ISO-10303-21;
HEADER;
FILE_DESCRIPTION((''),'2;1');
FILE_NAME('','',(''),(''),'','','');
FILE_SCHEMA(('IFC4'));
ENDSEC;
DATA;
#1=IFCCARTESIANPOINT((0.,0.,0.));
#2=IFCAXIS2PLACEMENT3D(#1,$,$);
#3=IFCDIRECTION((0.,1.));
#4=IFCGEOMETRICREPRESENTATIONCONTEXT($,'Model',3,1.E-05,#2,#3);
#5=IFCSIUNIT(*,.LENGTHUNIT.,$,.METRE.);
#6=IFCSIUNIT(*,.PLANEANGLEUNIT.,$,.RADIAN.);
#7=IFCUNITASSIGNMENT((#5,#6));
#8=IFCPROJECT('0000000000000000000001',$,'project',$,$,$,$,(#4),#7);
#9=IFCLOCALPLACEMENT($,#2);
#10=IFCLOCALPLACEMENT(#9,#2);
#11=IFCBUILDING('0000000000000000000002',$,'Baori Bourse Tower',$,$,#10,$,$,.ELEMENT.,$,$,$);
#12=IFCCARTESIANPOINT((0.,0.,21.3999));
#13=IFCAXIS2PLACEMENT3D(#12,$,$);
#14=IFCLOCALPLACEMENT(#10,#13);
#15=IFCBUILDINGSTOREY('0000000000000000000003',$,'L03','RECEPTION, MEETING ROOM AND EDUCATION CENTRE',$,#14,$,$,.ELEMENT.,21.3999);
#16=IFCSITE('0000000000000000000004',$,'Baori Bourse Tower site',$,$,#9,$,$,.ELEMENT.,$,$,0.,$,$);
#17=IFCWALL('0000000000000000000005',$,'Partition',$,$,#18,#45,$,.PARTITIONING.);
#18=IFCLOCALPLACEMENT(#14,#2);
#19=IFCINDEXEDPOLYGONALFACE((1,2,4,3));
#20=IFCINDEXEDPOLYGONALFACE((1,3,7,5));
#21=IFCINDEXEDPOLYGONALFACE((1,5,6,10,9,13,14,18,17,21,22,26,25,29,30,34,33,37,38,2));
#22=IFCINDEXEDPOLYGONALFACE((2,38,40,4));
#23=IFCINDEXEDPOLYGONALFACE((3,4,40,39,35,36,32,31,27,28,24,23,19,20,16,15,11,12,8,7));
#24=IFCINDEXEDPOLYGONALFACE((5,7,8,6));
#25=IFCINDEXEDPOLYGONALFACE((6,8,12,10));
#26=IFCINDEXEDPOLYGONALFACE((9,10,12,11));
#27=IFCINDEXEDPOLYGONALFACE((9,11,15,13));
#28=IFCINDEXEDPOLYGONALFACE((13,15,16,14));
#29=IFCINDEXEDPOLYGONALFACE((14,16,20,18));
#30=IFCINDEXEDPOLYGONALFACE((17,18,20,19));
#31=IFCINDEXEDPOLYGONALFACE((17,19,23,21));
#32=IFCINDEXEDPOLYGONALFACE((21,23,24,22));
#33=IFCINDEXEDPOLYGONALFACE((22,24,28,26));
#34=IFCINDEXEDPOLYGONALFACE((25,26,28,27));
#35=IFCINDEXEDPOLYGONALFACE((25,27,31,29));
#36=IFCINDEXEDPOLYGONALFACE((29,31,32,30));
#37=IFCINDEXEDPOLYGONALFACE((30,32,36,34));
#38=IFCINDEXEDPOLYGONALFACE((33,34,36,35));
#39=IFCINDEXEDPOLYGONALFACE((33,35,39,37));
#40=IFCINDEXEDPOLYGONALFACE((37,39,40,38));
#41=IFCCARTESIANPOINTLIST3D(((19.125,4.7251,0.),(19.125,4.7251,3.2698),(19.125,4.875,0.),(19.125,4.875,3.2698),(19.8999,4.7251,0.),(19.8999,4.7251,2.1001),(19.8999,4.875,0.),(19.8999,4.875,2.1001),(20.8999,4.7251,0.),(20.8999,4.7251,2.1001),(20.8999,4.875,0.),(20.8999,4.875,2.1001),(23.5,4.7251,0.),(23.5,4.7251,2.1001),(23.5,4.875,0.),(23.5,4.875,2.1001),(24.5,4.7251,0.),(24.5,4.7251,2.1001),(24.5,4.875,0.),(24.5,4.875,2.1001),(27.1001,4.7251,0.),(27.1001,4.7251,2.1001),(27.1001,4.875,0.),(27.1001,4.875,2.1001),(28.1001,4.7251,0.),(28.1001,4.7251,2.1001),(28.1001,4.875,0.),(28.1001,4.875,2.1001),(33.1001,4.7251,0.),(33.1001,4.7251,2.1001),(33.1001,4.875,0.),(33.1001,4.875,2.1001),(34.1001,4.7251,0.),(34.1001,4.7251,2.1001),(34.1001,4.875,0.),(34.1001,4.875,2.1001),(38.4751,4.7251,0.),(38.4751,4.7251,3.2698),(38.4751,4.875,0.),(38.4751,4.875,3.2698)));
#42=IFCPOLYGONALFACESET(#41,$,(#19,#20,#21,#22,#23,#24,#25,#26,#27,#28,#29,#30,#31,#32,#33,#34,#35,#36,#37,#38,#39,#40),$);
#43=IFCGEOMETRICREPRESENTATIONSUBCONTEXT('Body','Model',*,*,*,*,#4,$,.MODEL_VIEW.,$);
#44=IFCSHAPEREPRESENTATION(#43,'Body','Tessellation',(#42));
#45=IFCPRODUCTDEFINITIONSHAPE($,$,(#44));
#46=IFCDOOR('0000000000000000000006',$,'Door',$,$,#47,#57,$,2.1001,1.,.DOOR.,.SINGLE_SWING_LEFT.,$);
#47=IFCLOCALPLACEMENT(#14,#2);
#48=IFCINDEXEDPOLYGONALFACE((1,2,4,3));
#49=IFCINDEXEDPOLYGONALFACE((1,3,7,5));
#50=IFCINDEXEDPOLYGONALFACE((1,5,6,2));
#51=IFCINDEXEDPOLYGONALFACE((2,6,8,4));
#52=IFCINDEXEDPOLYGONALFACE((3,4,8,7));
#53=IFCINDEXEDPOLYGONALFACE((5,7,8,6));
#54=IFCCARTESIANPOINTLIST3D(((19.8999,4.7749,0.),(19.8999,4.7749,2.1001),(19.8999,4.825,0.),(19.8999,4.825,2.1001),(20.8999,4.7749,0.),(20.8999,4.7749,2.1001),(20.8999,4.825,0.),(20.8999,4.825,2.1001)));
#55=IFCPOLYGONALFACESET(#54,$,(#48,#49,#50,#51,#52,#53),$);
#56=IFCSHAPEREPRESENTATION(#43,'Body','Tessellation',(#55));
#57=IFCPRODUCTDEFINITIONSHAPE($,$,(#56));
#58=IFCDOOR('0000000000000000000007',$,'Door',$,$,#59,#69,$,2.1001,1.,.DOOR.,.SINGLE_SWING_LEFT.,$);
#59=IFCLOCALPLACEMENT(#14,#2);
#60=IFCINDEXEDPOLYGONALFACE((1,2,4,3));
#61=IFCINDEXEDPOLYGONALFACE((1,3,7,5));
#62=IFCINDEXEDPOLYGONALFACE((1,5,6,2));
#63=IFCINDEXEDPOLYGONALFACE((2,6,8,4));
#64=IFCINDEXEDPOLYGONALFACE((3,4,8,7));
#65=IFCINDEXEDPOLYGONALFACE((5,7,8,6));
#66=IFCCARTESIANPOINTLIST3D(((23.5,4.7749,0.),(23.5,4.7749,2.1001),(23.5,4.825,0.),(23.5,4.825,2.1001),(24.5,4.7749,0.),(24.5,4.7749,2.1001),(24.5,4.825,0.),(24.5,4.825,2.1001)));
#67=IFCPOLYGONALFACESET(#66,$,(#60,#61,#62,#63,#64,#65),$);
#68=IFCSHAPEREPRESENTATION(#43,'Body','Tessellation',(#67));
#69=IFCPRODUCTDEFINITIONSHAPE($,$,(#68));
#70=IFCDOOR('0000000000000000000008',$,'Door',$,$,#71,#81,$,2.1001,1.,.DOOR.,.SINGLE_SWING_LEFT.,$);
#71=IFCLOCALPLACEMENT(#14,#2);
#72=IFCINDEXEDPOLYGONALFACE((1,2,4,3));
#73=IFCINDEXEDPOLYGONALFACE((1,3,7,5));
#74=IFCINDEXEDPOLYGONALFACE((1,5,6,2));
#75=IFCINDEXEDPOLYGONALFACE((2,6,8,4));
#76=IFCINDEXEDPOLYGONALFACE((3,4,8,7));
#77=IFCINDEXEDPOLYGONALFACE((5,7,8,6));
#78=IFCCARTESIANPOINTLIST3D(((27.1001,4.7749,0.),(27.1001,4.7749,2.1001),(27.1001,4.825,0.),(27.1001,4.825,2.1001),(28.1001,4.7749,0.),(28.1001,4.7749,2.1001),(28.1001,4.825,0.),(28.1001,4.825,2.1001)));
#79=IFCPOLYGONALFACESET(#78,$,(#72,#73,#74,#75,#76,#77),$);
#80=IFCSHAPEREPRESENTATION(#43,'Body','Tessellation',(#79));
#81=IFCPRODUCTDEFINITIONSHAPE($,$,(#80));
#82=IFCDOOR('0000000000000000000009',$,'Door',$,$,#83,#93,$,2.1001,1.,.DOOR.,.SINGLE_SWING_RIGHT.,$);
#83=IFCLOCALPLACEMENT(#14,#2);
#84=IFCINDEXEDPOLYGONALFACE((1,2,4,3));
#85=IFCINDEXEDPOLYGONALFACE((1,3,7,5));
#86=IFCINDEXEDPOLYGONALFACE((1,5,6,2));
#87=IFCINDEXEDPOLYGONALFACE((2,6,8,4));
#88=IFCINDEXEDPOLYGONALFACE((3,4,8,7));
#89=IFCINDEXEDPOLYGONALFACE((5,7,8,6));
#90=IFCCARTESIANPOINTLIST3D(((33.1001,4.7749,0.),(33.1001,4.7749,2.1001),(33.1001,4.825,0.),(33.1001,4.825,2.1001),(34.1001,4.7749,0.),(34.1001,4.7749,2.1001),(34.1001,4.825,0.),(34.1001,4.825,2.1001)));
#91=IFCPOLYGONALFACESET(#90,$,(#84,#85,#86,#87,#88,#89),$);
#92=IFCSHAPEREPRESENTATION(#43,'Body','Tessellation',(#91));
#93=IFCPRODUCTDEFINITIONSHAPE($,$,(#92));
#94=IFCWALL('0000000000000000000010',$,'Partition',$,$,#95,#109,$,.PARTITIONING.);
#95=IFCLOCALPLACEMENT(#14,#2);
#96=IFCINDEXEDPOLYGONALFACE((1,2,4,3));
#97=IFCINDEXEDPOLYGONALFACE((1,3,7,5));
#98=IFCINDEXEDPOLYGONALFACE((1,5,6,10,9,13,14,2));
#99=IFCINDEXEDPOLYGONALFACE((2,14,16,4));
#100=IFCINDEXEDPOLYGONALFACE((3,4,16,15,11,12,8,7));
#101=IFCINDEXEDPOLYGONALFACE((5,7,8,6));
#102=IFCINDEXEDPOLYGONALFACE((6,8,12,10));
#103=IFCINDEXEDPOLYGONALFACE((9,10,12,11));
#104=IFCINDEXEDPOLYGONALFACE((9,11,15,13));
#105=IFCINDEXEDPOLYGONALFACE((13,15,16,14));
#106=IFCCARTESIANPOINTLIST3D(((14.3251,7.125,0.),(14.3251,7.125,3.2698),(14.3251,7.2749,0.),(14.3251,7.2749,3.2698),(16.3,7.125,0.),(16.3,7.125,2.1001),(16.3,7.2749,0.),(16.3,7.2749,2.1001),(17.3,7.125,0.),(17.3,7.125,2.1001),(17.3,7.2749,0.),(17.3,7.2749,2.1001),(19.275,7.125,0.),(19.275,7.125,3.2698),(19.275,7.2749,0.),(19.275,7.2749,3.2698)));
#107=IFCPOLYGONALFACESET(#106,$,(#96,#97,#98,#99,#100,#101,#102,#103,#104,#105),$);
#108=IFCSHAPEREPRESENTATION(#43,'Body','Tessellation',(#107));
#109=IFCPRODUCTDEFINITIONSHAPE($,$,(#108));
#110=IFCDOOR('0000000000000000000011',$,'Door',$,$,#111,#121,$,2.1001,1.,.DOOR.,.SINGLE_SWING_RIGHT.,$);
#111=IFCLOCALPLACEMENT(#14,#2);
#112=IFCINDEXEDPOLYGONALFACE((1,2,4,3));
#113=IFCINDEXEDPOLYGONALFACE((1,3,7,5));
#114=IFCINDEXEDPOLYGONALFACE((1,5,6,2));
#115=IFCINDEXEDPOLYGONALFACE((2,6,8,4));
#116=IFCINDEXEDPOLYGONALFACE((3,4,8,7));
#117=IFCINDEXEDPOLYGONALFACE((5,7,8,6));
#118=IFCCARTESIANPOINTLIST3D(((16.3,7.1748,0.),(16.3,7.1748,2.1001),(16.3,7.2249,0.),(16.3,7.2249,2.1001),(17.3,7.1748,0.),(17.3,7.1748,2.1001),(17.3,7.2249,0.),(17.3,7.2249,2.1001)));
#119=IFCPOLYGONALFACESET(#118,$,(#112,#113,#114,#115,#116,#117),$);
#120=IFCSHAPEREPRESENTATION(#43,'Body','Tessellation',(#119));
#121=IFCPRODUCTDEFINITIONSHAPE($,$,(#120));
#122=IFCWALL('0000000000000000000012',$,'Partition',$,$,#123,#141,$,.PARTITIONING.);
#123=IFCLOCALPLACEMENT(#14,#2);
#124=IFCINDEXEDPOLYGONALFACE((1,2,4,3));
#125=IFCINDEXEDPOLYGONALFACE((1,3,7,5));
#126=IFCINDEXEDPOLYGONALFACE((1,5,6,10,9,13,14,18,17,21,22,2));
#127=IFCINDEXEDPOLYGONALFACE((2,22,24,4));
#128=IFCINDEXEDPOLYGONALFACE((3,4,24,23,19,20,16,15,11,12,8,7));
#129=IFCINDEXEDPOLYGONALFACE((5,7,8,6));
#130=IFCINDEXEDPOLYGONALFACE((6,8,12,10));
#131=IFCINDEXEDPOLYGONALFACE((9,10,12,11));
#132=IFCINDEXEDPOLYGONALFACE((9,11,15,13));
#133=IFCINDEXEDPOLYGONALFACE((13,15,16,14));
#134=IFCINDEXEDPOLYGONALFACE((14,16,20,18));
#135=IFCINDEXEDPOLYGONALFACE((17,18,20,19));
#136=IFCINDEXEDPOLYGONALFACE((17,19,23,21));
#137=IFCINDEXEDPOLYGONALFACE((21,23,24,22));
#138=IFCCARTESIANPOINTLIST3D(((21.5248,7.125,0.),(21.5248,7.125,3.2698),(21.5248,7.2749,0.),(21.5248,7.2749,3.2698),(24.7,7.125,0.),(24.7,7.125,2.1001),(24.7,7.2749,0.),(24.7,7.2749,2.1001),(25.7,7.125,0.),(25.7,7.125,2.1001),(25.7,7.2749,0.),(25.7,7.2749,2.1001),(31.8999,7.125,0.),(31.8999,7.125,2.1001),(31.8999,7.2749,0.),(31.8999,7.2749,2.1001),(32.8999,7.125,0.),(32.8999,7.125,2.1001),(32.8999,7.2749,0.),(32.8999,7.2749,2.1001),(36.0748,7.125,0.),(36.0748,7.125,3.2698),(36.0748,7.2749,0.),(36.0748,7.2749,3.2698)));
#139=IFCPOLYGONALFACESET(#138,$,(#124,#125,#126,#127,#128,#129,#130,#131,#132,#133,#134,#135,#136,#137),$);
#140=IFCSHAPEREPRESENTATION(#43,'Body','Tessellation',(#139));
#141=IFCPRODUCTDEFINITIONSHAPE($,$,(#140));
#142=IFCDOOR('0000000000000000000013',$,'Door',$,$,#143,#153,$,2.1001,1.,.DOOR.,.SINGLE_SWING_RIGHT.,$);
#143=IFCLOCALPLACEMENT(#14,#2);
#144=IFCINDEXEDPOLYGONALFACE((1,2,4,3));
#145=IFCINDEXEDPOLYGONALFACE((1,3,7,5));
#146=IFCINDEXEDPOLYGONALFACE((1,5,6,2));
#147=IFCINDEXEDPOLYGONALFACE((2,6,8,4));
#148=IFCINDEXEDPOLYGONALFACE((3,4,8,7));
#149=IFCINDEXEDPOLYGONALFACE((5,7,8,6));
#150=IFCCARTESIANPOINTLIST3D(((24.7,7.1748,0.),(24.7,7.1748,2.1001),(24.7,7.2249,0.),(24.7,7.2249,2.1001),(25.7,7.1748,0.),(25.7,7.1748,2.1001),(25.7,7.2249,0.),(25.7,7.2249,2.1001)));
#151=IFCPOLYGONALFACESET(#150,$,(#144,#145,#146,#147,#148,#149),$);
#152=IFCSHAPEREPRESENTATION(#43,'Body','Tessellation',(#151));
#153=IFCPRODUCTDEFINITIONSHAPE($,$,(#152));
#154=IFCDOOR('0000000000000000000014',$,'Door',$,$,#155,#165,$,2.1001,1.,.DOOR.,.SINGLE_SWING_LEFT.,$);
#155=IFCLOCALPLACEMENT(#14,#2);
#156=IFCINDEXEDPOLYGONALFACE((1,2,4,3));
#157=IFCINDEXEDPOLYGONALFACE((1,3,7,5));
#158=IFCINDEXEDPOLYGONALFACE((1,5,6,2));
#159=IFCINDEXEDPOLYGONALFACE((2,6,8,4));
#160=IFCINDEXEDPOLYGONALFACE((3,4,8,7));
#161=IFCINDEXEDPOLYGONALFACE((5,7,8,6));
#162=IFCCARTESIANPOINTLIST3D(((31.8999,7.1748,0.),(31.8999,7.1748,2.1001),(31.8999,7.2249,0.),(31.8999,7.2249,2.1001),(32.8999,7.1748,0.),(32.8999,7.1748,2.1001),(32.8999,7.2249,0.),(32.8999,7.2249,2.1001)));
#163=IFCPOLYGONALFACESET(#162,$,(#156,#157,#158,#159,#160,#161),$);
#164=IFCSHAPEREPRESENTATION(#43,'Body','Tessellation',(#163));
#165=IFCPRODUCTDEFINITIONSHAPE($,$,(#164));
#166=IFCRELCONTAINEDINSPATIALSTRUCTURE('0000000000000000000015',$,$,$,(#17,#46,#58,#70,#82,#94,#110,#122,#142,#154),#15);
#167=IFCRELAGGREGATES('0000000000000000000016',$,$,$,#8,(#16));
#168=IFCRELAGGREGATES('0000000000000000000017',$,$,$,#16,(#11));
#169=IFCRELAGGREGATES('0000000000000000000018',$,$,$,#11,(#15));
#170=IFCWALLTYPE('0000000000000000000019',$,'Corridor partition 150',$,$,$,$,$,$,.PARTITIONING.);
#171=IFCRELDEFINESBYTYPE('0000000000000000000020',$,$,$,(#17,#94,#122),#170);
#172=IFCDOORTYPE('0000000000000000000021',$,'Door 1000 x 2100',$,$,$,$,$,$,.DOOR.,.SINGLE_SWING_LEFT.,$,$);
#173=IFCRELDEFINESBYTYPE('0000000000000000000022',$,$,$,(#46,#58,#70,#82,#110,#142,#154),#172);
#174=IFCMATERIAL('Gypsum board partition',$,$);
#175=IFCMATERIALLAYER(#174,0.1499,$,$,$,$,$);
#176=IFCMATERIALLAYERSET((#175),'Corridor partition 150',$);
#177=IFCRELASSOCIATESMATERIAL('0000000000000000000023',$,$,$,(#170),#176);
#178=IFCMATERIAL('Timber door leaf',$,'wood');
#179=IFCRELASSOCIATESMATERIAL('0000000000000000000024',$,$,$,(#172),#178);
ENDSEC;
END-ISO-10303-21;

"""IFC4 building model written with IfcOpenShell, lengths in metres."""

from ifc_helpers import new_model, si_unit, direction, frame, frame_2d, origin, place, context, subcontext, project, spatial, rectangle, extrude, material, layer, layer_set, type_object, element, fill, save


model = new_model("IFC4")

# Units and contexts
model_context = context("Model", 3, precision=1e-05, world=origin(), true_north=direction((0.0, 1.0)))
body_context = subcontext(model_context, "Body", "Model", "MODEL_VIEW")
ifc_project = project(units=[si_unit("LENGTHUNIT", "METRE"), si_unit("PLANEANGLEUNIT", "RADIAN")], contexts=[model_context])

# Site, building, storey
site_placement = place(None, origin())
site = spatial("IfcSite", under=ifc_project, at=site_placement, Name="Baori Bourse Tower site", CompositionType="ELEMENT", RefElevation=0.0)
building_placement = place(site_placement, origin())
building = spatial("IfcBuilding", under=site, at=building_placement, Name="Baori Bourse Tower", CompositionType="ELEMENT")
storey_placement = place(building_placement, frame((0.0, 0.0, 21.3999)))
storey = spatial("IfcBuildingStorey", under=building, at=storey_placement, Name="L03", Description="RECEPTION, MEETING ROOM AND EDUCATION CENTRE", CompositionType="ELEMENT", Elevation=21.3999)

# Wall, openings, doors
ifc_material_1 = material(Name="Gypsum board partition")
ifc_layer_1 = layer(ifc_material_1, 0.1499)
ifc_layer_set_1 = layer_set([ifc_layer_1], Name="Corridor partition 150")
wall_type_1 = type_object("IfcWallType", Name="Corridor partition 150", PredefinedType="PARTITIONING", material=ifc_layer_set_1)
wall_1_placement = place(storey_placement, frame((19.125, 4.8, 0.0), z_axis=(0.0, 0.0, 1.0), x_axis=(1.0, 0.0, 0.0)))
wall_1 = element("IfcWall", 1, at=wall_1_placement, inside=storey, type_object=wall_type_1, Name="Partition", PredefinedType="PARTITIONING", context=body_context, shape_type="SweptSolid", body=[
    extrude(rectangle(XDim=19.3501, YDim=0.1499, at=frame_2d((9.675, 0.0))), origin(), (0.0, 0.0, 1.0), 3.2698),
])
opening_1_placement = place(wall_1_placement, frame((0.7749, 0.0, 0.0)))
opening_1 = element("IfcOpeningElement", 2, at=opening_1_placement, cuts=wall_1, PredefinedType="OPENING", context=body_context, shape_type="SweptSolid", body=[
    extrude(rectangle(XDim=1.0, YDim=2.1001, at=frame_2d((0.5, 1.05))), frame((0.0, 0.085, 0.0), z_axis=(0.0, -1.0, 0.0), x_axis=(1.0, 0.0, 0.0)), (0.0, 0.0, 1.0), 0.1699),
])
opening_2_placement = place(wall_1_placement, frame((4.375, 0.0, 0.0)))
opening_2 = element("IfcOpeningElement", 3, at=opening_2_placement, cuts=wall_1, PredefinedType="OPENING", context=body_context, shape_type="SweptSolid", body=[
    extrude(rectangle(XDim=1.0, YDim=2.1001, at=frame_2d((0.5, 1.05))), frame((0.0, 0.085, 0.0), z_axis=(0.0, -1.0, 0.0), x_axis=(1.0, 0.0, 0.0)), (0.0, 0.0, 1.0), 0.1699),
])
opening_3_placement = place(wall_1_placement, frame((7.9751, 0.0, 0.0)))
opening_3 = element("IfcOpeningElement", 4, at=opening_3_placement, cuts=wall_1, PredefinedType="OPENING", context=body_context, shape_type="SweptSolid", body=[
    extrude(rectangle(XDim=1.0, YDim=2.1001, at=frame_2d((0.5, 1.05))), frame((0.0, 0.085, 0.0), z_axis=(0.0, -1.0, 0.0), x_axis=(1.0, 0.0, 0.0)), (0.0, 0.0, 1.0), 0.1699),
])
opening_4_placement = place(wall_1_placement, frame((13.9751, 0.0, 0.0)))
opening_4 = element("IfcOpeningElement", 5, at=opening_4_placement, cuts=wall_1, PredefinedType="OPENING", context=body_context, shape_type="SweptSolid", body=[
    extrude(rectangle(XDim=1.0, YDim=2.1001, at=frame_2d((0.5, 1.05))), frame((0.0, 0.085, 0.0), z_axis=(0.0, -1.0, 0.0), x_axis=(1.0, 0.0, 0.0)), (0.0, 0.0, 1.0), 0.1699),
])
ifc_material_2 = material(Name="Timber door leaf", Category="wood")
door_type_1 = type_object("IfcDoorType", Name="Door 1000 x 2100", OperationType="SINGLE_SWING_LEFT", PredefinedType="DOOR", material=ifc_material_2)
door_1_placement = place(opening_1_placement, origin())
door_1 = element("IfcDoor", 6, at=door_1_placement, inside=storey, type_object=door_type_1, Name="Door", OperationType="SINGLE_SWING_LEFT", OverallHeight=2.1001, OverallWidth=1.0, PredefinedType="DOOR", context=body_context, shape_type="SweptSolid", body=[
    extrude(rectangle(XDim=1.0, YDim=2.1001, at=frame_2d((0.5, 1.05))), frame((0.0, 0.0249, 0.0), z_axis=(0.0, -1.0, 0.0), x_axis=(1.0, 0.0, 0.0)), (0.0, 0.0, 1.0), 0.05),
])
fill(opening_1, door_1)
door_2_placement = place(opening_2_placement, origin())
door_2 = element("IfcDoor", 7, at=door_2_placement, inside=storey, type_object=door_type_1, Name="Door", OperationType="SINGLE_SWING_LEFT", OverallHeight=2.1001, OverallWidth=1.0, PredefinedType="DOOR", context=body_context, shape_type="SweptSolid", body=[
    extrude(rectangle(XDim=1.0, YDim=2.1001, at=frame_2d((0.5, 1.05))), frame((0.0, 0.0249, 0.0), z_axis=(0.0, -1.0, 0.0), x_axis=(1.0, 0.0, 0.0)), (0.0, 0.0, 1.0), 0.05),
])
fill(opening_2, door_2)
door_3_placement = place(opening_3_placement, origin())
door_3 = element("IfcDoor", 8, at=door_3_placement, inside=storey, type_object=door_type_1, Name="Door", OperationType="SINGLE_SWING_LEFT", OverallHeight=2.1001, OverallWidth=1.0, PredefinedType="DOOR", context=body_context, shape_type="SweptSolid", body=[
    extrude(rectangle(XDim=1.0, YDim=2.1001, at=frame_2d((0.5, 1.05))), frame((0.0, 0.0249, 0.0), z_axis=(0.0, -1.0, 0.0), x_axis=(1.0, 0.0, 0.0)), (0.0, 0.0, 1.0), 0.05),
])
fill(opening_3, door_3)
door_4_placement = place(opening_4_placement, origin())
door_4 = element("IfcDoor", 9, at=door_4_placement, inside=storey, type_object=door_type_1, Name="Door", OperationType="SINGLE_SWING_RIGHT", OverallHeight=2.1001, OverallWidth=1.0, PredefinedType="DOOR", context=body_context, shape_type="SweptSolid", body=[
    extrude(rectangle(XDim=1.0, YDim=2.1001, at=frame_2d((0.5, 1.05))), frame((0.0, 0.0249, 0.0), z_axis=(0.0, -1.0, 0.0), x_axis=(1.0, 0.0, 0.0)), (0.0, 0.0, 1.0), 0.05),
])
fill(opening_4, door_4)

# Wall, opening, door
wall_2_placement = place(storey_placement, frame((14.325, 7.2, 0.0), z_axis=(0.0, 0.0, 1.0), x_axis=(1.0, 0.0, 0.0)))
wall_2 = element("IfcWall", 10, at=wall_2_placement, inside=storey, type_object=wall_type_1, Name="Partition", PredefinedType="PARTITIONING", context=body_context, shape_type="SweptSolid", body=[
    extrude(rectangle(XDim=4.95, YDim=0.1499, at=frame_2d((2.4751, 0.0))), origin(), (0.0, 0.0, 1.0), 3.2698),
])
opening_5_placement = place(wall_2_placement, frame((1.9751, 0.0, 0.0)))
opening_5 = element("IfcOpeningElement", 11, at=opening_5_placement, cuts=wall_2, PredefinedType="OPENING", context=body_context, shape_type="SweptSolid", body=[
    extrude(rectangle(XDim=1.0, YDim=2.1001, at=frame_2d((0.5, 1.05))), frame((0.0, 0.085, 0.0), z_axis=(0.0, -1.0, 0.0), x_axis=(1.0, 0.0, 0.0)), (0.0, 0.0, 1.0), 0.1699),
])
door_5_placement = place(opening_5_placement, origin())
door_5 = element("IfcDoor", 12, at=door_5_placement, inside=storey, type_object=door_type_1, Name="Door", OperationType="SINGLE_SWING_RIGHT", OverallHeight=2.1001, OverallWidth=1.0, PredefinedType="DOOR", context=body_context, shape_type="SweptSolid", body=[
    extrude(rectangle(XDim=1.0, YDim=2.1001, at=frame_2d((0.5, 1.05))), frame((0.0, 0.0249, 0.0), z_axis=(0.0, -1.0, 0.0), x_axis=(1.0, 0.0, 0.0)), (0.0, 0.0, 1.0), 0.05),
])
fill(opening_5, door_5)

# Wall, openings, doors
wall_3_placement = place(storey_placement, frame((21.5249, 7.2, 0.0), z_axis=(0.0, 0.0, 1.0), x_axis=(1.0, 0.0, 0.0)))
wall_3 = element("IfcWall", 13, at=wall_3_placement, inside=storey, type_object=wall_type_1, Name="Partition", PredefinedType="PARTITIONING", context=body_context, shape_type="SweptSolid", body=[
    extrude(rectangle(XDim=14.55, YDim=0.1499, at=frame_2d((7.2749, 0.0))), origin(), (0.0, 0.0, 1.0), 3.2698),
])
opening_6_placement = place(wall_3_placement, frame((3.175, 0.0, 0.0)))
opening_6 = element("IfcOpeningElement", 14, at=opening_6_placement, cuts=wall_3, PredefinedType="OPENING", context=body_context, shape_type="SweptSolid", body=[
    extrude(rectangle(XDim=1.0, YDim=2.1001, at=frame_2d((0.5, 1.05))), frame((0.0, 0.085, 0.0), z_axis=(0.0, -1.0, 0.0), x_axis=(1.0, 0.0, 0.0)), (0.0, 0.0, 1.0), 0.1699),
])
opening_7_placement = place(wall_3_placement, frame((10.375, 0.0, 0.0)))
opening_7 = element("IfcOpeningElement", 15, at=opening_7_placement, cuts=wall_3, PredefinedType="OPENING", context=body_context, shape_type="SweptSolid", body=[
    extrude(rectangle(XDim=1.0, YDim=2.1001, at=frame_2d((0.5, 1.05))), frame((0.0, 0.085, 0.0), z_axis=(0.0, -1.0, 0.0), x_axis=(1.0, 0.0, 0.0)), (0.0, 0.0, 1.0), 0.1699),
])
door_6_placement = place(opening_6_placement, origin())
door_6 = element("IfcDoor", 16, at=door_6_placement, inside=storey, type_object=door_type_1, Name="Door", OperationType="SINGLE_SWING_RIGHT", OverallHeight=2.1001, OverallWidth=1.0, PredefinedType="DOOR", context=body_context, shape_type="SweptSolid", body=[
    extrude(rectangle(XDim=1.0, YDim=2.1001, at=frame_2d((0.5, 1.05))), frame((0.0, 0.0249, 0.0), z_axis=(0.0, -1.0, 0.0), x_axis=(1.0, 0.0, 0.0)), (0.0, 0.0, 1.0), 0.05),
])
fill(opening_6, door_6)
door_7_placement = place(opening_7_placement, origin())
door_7 = element("IfcDoor", 17, at=door_7_placement, inside=storey, type_object=door_type_1, Name="Door", OperationType="SINGLE_SWING_LEFT", OverallHeight=2.1001, OverallWidth=1.0, PredefinedType="DOOR", context=body_context, shape_type="SweptSolid", body=[
    extrude(rectangle(XDim=1.0, YDim=2.1001, at=frame_2d((0.5, 1.05))), frame((0.0, 0.0249, 0.0), z_axis=(0.0, -1.0, 0.0), x_axis=(1.0, 0.0, 0.0)), (0.0, 0.0, 1.0), 0.05),
])
fill(opening_7, door_7)

save(model, "model.ifc")
